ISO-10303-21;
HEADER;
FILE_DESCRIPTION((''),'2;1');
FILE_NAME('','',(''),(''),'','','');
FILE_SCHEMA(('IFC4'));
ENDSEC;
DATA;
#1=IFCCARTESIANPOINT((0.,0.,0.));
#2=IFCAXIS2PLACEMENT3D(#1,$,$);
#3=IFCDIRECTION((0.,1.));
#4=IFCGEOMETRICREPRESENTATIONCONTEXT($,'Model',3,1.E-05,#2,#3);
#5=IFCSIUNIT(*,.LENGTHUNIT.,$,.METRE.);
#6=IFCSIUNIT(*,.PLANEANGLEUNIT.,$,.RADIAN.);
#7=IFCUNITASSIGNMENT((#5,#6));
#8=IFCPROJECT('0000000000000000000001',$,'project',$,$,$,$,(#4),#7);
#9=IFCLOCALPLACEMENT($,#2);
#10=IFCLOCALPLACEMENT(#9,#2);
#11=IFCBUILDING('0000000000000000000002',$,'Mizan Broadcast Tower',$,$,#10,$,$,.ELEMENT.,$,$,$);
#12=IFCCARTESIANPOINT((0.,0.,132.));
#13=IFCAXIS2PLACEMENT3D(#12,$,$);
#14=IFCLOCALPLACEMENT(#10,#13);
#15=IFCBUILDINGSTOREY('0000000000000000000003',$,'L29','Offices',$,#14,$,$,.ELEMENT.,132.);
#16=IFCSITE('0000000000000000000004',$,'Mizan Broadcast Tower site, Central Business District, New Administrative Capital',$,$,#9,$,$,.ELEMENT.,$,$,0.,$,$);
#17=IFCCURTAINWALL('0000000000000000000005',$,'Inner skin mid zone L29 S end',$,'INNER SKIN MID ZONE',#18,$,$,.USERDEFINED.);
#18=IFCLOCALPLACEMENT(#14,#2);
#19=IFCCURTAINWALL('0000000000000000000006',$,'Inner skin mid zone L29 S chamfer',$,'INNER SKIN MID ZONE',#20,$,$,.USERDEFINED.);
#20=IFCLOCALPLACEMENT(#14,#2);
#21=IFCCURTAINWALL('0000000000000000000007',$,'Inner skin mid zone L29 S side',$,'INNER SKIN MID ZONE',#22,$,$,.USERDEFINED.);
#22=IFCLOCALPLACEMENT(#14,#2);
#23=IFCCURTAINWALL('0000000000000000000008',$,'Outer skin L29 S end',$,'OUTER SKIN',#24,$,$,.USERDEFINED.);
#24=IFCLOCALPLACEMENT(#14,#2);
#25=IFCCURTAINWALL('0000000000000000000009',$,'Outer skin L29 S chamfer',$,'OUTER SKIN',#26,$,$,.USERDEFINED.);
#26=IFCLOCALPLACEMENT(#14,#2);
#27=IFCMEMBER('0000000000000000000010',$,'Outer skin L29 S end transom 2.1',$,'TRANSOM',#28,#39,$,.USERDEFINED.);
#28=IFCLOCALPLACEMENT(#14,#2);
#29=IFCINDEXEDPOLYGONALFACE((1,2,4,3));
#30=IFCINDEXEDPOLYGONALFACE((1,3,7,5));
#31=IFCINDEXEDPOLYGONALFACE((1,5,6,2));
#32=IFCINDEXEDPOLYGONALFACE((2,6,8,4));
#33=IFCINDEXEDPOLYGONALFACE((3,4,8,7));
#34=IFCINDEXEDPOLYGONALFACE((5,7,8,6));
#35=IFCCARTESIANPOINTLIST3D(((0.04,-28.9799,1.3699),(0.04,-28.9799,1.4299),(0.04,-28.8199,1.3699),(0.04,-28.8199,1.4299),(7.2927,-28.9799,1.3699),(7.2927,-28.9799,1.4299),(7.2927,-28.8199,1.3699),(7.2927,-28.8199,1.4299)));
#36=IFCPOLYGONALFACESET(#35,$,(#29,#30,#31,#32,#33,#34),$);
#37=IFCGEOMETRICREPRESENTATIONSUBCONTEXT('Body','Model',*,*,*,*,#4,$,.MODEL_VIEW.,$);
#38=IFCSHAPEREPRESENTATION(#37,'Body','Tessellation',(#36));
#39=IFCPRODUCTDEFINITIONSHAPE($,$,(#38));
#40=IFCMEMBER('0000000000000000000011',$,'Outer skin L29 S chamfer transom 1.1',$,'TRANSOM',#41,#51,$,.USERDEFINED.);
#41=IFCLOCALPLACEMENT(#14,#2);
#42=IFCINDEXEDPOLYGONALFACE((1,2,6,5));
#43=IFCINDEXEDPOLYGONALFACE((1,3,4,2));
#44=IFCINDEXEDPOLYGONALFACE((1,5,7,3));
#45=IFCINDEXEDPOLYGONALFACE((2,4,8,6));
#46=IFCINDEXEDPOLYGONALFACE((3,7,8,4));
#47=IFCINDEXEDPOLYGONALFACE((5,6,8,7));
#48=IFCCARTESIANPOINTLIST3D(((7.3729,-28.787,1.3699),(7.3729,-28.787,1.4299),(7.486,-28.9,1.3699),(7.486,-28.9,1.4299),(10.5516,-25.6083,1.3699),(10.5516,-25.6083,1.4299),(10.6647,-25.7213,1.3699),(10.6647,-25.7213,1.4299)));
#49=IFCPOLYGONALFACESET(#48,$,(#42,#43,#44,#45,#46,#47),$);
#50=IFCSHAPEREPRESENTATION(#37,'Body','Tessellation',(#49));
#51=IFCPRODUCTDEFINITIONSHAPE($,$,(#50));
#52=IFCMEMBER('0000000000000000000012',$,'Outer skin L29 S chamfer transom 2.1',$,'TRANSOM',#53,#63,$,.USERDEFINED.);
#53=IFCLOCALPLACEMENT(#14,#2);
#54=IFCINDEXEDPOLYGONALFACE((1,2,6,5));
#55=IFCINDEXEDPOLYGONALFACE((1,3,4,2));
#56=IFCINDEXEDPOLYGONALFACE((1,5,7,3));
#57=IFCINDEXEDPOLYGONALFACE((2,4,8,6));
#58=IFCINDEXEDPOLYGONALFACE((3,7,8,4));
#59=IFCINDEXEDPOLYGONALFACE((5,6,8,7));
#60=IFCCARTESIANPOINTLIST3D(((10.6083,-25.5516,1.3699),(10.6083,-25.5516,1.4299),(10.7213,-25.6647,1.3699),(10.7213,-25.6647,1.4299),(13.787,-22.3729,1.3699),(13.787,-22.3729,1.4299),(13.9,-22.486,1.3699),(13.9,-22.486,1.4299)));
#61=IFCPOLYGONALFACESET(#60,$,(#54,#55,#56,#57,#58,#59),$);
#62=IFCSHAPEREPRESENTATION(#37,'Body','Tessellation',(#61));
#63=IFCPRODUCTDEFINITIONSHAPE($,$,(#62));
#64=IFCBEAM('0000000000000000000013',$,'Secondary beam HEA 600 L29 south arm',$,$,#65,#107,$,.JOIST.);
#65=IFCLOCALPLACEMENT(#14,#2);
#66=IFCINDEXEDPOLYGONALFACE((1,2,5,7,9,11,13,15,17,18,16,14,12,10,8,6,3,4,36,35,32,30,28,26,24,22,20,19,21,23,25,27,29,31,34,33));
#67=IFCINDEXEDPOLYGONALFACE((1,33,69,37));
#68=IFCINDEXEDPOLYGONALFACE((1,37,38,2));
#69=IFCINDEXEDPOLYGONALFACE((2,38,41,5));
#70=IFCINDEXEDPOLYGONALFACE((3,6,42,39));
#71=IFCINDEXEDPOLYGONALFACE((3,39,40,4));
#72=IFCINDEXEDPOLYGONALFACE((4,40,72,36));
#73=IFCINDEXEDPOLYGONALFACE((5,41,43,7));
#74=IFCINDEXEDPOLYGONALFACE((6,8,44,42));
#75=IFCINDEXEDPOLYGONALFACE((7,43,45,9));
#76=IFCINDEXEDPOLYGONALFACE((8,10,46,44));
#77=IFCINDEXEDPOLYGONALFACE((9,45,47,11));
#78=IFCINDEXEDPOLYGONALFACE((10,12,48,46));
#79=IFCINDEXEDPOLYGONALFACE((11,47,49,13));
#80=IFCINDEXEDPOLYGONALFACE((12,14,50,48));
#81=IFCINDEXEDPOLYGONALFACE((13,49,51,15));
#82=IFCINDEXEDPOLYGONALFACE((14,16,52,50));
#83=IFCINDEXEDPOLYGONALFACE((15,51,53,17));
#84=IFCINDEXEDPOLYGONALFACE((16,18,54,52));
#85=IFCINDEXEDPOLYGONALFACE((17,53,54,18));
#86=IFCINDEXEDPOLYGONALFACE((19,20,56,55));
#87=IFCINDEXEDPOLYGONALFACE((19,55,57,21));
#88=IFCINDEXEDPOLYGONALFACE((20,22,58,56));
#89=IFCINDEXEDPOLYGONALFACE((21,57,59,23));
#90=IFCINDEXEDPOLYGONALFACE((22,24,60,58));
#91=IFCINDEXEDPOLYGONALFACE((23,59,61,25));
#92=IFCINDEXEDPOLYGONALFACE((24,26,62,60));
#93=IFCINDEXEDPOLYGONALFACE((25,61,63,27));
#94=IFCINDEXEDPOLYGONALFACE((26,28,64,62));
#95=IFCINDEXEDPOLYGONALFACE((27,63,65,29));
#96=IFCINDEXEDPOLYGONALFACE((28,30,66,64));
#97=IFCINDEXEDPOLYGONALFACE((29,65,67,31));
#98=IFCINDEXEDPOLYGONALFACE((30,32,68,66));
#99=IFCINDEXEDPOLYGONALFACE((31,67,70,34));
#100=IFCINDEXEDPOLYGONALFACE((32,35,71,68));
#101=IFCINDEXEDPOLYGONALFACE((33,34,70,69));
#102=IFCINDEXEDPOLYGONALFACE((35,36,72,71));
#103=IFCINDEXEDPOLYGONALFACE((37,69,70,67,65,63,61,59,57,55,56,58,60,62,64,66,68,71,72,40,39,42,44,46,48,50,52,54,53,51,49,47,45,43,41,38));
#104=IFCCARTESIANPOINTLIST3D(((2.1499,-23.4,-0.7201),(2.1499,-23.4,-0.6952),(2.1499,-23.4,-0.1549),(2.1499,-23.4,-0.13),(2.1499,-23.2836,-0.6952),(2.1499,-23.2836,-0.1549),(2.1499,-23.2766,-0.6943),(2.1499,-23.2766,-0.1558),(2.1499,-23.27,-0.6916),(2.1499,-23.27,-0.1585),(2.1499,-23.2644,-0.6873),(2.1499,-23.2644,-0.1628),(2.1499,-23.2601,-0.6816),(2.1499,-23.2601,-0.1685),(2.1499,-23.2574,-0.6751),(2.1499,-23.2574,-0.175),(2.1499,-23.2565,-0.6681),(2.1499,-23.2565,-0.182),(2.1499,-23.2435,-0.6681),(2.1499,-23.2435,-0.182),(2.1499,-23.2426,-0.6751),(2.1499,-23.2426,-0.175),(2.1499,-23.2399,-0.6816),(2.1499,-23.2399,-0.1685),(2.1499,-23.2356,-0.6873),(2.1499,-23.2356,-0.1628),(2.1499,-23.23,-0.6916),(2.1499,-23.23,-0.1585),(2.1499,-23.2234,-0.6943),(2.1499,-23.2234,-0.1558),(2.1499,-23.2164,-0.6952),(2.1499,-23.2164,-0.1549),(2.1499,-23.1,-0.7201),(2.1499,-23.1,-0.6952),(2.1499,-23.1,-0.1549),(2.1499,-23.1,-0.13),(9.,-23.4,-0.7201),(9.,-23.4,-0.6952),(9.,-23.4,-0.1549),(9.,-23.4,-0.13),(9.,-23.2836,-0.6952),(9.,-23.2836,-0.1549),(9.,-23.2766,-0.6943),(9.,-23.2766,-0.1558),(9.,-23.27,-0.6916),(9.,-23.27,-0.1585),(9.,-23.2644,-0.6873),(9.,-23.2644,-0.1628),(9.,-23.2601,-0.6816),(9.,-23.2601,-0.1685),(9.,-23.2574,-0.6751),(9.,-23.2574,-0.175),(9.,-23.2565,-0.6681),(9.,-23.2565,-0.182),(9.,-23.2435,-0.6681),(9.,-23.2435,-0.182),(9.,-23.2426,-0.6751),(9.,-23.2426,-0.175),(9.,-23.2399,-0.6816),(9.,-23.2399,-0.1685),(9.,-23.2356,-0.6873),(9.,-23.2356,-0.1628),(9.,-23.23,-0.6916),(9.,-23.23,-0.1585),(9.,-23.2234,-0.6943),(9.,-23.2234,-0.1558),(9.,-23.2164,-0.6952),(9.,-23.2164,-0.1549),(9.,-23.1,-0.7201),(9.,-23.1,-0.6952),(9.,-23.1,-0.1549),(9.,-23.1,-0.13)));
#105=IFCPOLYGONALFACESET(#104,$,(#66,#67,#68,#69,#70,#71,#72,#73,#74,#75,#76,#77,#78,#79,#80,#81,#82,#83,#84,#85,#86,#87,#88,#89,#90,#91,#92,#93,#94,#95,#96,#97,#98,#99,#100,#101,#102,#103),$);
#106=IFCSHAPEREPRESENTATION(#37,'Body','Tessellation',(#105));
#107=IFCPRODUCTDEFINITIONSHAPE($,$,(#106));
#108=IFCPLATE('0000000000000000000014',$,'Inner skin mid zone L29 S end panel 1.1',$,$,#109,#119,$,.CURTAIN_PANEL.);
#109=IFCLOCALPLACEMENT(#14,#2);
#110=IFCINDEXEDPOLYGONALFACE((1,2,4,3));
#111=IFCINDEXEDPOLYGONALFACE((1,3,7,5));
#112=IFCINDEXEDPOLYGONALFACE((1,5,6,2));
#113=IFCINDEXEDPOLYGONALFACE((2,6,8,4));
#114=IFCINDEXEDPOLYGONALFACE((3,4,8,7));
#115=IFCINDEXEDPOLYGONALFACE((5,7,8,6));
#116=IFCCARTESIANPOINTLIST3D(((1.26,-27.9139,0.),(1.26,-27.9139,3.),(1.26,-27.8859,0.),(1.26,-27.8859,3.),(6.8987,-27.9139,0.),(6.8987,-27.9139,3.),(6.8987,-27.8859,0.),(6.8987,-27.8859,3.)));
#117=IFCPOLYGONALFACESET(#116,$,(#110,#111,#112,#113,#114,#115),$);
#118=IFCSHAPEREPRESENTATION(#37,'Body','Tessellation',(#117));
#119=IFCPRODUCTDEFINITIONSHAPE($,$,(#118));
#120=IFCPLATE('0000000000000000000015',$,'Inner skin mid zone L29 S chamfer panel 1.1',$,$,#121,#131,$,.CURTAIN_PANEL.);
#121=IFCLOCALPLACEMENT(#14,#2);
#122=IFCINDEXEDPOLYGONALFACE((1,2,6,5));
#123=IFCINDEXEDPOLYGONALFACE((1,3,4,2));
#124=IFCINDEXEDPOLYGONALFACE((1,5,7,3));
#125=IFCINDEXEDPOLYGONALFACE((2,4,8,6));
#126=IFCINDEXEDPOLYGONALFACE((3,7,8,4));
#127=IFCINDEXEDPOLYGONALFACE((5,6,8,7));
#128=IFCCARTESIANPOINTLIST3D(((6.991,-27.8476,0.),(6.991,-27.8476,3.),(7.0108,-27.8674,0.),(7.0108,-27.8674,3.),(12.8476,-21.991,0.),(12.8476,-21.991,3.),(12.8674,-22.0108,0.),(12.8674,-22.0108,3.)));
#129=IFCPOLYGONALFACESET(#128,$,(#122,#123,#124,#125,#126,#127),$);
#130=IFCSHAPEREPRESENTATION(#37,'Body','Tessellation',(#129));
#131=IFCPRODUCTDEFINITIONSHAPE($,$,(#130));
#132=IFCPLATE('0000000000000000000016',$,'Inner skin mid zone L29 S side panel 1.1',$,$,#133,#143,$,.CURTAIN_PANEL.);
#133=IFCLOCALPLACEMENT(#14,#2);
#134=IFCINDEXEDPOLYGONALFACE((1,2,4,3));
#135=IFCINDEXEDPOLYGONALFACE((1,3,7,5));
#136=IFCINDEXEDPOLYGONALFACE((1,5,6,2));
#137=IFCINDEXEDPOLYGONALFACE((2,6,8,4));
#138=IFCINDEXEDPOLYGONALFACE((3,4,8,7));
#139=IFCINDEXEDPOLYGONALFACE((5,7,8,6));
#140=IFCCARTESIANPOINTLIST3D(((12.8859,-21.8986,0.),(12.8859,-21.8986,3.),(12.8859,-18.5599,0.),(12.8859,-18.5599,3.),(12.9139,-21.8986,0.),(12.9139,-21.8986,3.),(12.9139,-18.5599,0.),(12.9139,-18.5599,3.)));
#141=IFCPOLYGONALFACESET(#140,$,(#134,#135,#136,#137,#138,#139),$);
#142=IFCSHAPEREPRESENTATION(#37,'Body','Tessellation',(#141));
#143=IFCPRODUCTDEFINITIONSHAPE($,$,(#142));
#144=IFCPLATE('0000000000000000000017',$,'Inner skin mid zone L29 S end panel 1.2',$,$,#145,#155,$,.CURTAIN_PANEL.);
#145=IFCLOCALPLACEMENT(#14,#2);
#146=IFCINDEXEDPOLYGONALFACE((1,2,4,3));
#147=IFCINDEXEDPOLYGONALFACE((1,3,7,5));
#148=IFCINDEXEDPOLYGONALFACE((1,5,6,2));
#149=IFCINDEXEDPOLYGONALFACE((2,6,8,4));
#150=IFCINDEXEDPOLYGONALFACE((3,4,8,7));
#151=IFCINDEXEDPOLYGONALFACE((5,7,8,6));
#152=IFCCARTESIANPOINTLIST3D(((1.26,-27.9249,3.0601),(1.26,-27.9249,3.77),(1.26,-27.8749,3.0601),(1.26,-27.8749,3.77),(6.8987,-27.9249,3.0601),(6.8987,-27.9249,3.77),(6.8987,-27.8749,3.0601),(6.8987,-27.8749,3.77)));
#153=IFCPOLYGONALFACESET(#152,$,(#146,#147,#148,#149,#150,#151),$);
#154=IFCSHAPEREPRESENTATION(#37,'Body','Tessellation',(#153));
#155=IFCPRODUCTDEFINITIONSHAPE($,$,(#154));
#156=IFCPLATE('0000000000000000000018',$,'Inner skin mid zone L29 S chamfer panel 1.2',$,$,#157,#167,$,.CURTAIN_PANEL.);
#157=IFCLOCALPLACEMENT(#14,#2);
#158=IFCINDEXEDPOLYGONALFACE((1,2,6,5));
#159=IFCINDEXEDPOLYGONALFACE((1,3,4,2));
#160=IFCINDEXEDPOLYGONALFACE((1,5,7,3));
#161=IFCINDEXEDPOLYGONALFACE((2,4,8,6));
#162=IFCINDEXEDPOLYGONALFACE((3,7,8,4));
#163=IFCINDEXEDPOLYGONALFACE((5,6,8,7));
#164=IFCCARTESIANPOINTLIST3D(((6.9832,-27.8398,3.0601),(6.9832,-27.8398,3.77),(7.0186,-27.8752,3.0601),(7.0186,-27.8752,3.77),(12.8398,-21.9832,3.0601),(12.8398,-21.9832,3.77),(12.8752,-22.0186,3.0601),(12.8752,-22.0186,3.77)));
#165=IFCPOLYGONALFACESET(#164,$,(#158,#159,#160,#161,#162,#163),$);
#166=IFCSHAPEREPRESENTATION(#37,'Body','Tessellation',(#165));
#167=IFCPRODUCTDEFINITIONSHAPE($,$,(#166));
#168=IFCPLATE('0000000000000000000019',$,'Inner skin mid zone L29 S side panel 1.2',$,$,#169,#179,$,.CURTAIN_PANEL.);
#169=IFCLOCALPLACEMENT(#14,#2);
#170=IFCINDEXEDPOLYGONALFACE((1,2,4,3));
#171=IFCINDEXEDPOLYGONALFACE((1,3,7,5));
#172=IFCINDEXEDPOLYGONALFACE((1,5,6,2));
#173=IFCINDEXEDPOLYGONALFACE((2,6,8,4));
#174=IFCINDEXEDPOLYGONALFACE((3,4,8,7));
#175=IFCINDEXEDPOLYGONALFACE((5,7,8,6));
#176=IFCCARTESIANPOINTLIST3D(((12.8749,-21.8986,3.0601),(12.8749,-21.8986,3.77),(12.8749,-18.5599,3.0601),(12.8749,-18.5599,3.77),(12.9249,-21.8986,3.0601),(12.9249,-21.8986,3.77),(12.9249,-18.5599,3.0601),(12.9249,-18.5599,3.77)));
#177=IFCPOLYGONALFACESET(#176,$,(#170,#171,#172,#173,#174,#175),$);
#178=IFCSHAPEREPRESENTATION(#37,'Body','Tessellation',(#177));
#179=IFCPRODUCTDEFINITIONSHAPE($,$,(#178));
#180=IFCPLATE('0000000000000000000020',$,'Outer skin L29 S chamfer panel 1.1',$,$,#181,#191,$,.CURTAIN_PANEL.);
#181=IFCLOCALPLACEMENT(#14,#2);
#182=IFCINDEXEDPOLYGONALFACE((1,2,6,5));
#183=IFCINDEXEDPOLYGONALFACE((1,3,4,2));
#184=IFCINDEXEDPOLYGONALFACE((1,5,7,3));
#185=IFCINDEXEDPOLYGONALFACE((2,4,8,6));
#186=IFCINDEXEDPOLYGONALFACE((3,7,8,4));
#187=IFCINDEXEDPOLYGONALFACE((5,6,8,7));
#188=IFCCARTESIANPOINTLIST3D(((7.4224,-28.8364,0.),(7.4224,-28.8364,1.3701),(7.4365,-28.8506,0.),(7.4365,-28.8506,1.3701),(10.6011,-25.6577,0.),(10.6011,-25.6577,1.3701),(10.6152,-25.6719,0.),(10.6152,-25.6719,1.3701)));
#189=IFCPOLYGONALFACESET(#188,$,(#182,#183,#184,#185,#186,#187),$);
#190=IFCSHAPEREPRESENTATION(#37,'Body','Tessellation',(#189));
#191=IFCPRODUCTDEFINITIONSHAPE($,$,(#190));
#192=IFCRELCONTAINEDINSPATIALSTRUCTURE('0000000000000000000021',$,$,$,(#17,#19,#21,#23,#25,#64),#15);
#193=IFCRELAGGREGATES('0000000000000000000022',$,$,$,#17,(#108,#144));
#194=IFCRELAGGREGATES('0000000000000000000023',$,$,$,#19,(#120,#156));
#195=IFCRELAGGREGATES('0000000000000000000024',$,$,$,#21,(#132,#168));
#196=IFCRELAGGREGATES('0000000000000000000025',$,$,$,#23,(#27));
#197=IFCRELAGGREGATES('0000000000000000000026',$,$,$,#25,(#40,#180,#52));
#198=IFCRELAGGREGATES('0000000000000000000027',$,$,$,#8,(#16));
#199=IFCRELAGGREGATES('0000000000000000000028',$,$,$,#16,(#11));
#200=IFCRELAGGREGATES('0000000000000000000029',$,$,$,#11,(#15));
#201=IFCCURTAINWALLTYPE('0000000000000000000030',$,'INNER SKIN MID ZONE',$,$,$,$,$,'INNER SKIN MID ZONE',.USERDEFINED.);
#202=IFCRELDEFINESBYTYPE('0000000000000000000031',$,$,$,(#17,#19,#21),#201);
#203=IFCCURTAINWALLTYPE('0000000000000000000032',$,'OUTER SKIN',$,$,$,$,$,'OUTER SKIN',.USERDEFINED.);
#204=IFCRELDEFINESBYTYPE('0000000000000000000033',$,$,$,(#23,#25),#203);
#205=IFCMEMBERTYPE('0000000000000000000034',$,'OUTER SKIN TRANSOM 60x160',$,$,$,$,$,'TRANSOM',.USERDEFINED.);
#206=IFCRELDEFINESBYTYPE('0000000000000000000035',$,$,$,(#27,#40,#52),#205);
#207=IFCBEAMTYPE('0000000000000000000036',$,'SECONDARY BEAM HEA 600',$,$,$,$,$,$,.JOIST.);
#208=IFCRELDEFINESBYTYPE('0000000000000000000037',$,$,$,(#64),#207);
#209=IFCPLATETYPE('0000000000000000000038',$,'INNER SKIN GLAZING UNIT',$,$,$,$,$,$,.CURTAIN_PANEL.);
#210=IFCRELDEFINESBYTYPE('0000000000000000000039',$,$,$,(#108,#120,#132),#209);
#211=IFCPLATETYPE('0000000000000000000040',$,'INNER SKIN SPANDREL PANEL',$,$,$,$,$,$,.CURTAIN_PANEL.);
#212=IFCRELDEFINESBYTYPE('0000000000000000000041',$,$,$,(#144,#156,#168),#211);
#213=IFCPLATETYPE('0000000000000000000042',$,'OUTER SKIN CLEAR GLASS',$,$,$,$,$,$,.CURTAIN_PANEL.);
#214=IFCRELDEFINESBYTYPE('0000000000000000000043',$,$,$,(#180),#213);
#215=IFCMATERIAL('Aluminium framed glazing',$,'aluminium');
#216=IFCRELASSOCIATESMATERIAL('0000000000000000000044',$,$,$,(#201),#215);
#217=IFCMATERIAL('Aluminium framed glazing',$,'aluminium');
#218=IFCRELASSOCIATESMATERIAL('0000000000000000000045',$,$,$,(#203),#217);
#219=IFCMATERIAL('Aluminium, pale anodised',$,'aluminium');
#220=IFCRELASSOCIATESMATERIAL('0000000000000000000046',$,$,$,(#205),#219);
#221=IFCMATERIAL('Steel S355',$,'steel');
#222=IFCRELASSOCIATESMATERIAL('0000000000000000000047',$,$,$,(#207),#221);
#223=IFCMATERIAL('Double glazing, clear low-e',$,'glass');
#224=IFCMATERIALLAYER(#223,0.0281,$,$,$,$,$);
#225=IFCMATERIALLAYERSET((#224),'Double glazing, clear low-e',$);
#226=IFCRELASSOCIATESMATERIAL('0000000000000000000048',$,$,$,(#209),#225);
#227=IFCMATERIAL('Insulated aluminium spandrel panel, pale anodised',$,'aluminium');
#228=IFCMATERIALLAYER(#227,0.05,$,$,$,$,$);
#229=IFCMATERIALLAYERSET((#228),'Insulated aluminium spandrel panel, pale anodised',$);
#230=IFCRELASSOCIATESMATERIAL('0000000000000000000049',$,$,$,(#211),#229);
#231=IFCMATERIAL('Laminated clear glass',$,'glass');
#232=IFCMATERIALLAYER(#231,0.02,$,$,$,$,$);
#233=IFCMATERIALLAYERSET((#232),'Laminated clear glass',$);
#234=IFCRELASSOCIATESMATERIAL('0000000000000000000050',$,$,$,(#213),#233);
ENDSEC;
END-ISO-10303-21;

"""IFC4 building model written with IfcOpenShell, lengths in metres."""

from ifc_helpers import new_model, si_unit, direction, frame, origin, origin_2d, place, context, subcontext, project, spatial, rectangle, i_section, extrude, material, layer, layer_set, material_profile, profile_set, type_object, element, aggregate, save


model = new_model("IFC4")

# Units and contexts
model_context = context("Model", 3, precision=1e-05, world=origin(), true_north=direction((0.0, 1.0)))
body_context = subcontext(model_context, "Body", "Model", "MODEL_VIEW")
ifc_project = project(units=[si_unit("LENGTHUNIT", "METRE"), si_unit("PLANEANGLEUNIT", "RADIAN")], contexts=[model_context])

# Site, building, storey
site_placement = place(None, origin())
site = spatial("IfcSite", under=ifc_project, at=site_placement, Name="Mizan Broadcast Tower site, Central Business District, New Administrative Capital", CompositionType="ELEMENT", RefElevation=0.0)
building_placement = place(site_placement, origin())
building = spatial("IfcBuilding", under=site, at=building_placement, Name="Mizan Broadcast Tower", CompositionType="ELEMENT")
storey_placement = place(building_placement, frame((0.0, 0.0, 132.0)))
storey = spatial("IfcBuildingStorey", under=building, at=storey_placement, Name="L29", Description="Offices", CompositionType="ELEMENT", Elevation=132.0)

# Curtain wall
ifc_material_1 = material(Name="Aluminium framed glazing", Category="aluminium")
curtain_wall_type_1 = type_object("IfcCurtainWallType", Name="INNER SKIN MID ZONE", ElementType="INNER SKIN MID ZONE", PredefinedType="USERDEFINED", material=ifc_material_1)
curtain_wall_1_placement = place(storey_placement, origin())
curtain_wall_1 = element("IfcCurtainWall", 1, at=curtain_wall_1_placement, inside=storey, type_object=curtain_wall_type_1, Name="Inner skin mid zone L29 S end", ObjectType="INNER SKIN MID ZONE", PredefinedType="USERDEFINED")

# Curtain wall
curtain_wall_2_placement = place(storey_placement, origin())
curtain_wall_2 = element("IfcCurtainWall", 2, at=curtain_wall_2_placement, inside=storey, type_object=curtain_wall_type_1, Name="Inner skin mid zone L29 S chamfer", ObjectType="INNER SKIN MID ZONE", PredefinedType="USERDEFINED")

# Curtain wall
curtain_wall_3_placement = place(storey_placement, origin())
curtain_wall_3 = element("IfcCurtainWall", 3, at=curtain_wall_3_placement, inside=storey, type_object=curtain_wall_type_1, Name="Inner skin mid zone L29 S side", ObjectType="INNER SKIN MID ZONE", PredefinedType="USERDEFINED")

# Curtain wall
ifc_material_2 = material(Name="Aluminium framed glazing", Category="aluminium")
curtain_wall_type_2 = type_object("IfcCurtainWallType", Name="OUTER SKIN", ElementType="OUTER SKIN", PredefinedType="USERDEFINED", material=ifc_material_2)
curtain_wall_4_placement = place(storey_placement, origin())
curtain_wall_4 = element("IfcCurtainWall", 4, at=curtain_wall_4_placement, inside=storey, type_object=curtain_wall_type_2, Name="Outer skin L29 S end", ObjectType="OUTER SKIN", PredefinedType="USERDEFINED")

# Curtain wall
curtain_wall_5_placement = place(storey_placement, origin())
curtain_wall_5 = element("IfcCurtainWall", 5, at=curtain_wall_5_placement, inside=storey, type_object=curtain_wall_type_2, Name="Outer skin L29 S chamfer", ObjectType="OUTER SKIN", PredefinedType="USERDEFINED")

# Members
ifc_material_3 = material(Name="Aluminium, pale anodised", Category="aluminium")
ifc_material_profile_1 = material_profile(ifc_material_3, rectangle(XDim=0.1599, YDim=0.0601, at=origin_2d()), Name="TRANSOM 160x60")
ifc_profile_set_1 = profile_set([ifc_material_profile_1], Name="Aluminium, pale anodised")
member_type_1 = type_object("IfcMemberType", Name="OUTER SKIN TRANSOM 60x160", ElementType="TRANSOM", PredefinedType="USERDEFINED", material=ifc_profile_set_1)
member_1_placement = place(storey_placement, frame((0.04, -28.8999, 1.3999), z_axis=(1.0, 0.0, 0.0), x_axis=(0.0, 1.0, 0.0)))
member_1 = element("IfcMember", 6, at=member_1_placement, type_object=member_type_1, Name="Outer skin L29 S end transom 2.1", ObjectType="TRANSOM", PredefinedType="USERDEFINED", context=body_context, shape_type="SweptSolid", body=[
    extrude(rectangle(XDim=0.1599, YDim=0.0601, at=origin_2d()), origin(), (0.0, 0.0, 1.0), 7.2527),
])
member_2_placement = place(storey_placement, frame((7.4294, -28.8435, 1.3999), z_axis=(0.707107, 0.707107, 0.0), x_axis=(-0.707107, 0.707107, 0.0)))
member_2 = element("IfcMember", 7, at=member_2_placement, type_object=member_type_1, Name="Outer skin L29 S chamfer transom 1.1", ObjectType="TRANSOM", PredefinedType="USERDEFINED", context=body_context, shape_type="SweptSolid", body=[
    extrude(rectangle(XDim=0.1599, YDim=0.0601, at=origin_2d()), origin(), (0.0, 0.0, 1.0), 4.4954),
])
member_3_placement = place(storey_placement, frame((10.6648, -25.6082, 1.3999), z_axis=(0.707107, 0.707107, 0.0), x_axis=(-0.707107, 0.707107, 0.0)))
member_3 = element("IfcMember", 8, at=member_3_placement, type_object=member_type_1, Name="Outer skin L29 S chamfer transom 2.1", ObjectType="TRANSOM", PredefinedType="USERDEFINED", context=body_context, shape_type="SweptSolid", body=[
    extrude(rectangle(XDim=0.1599, YDim=0.0601, at=origin_2d()), origin(), (0.0, 0.0, 1.0), 4.4954),
])

# Beam
ifc_material_4 = material(Name="Steel S355", Category="steel")
ifc_material_profile_2 = material_profile(ifc_material_4, i_section(OverallWidth=0.3, OverallDepth=0.5901, WebThickness=0.0129, FlangeThickness=0.0249, FilletRadius=0.0271, at=origin_2d()), Name="HEA 600")
ifc_profile_set_2 = profile_set([ifc_material_profile_2], Name="Steel S355")
beam_type_1 = type_object("IfcBeamType", Name="SECONDARY BEAM HEA 600", PredefinedType="JOIST", material=ifc_profile_set_2)
beam_1_placement = place(storey_placement, frame((9.0, -23.25, -0.425), z_axis=(-1.0, 0.0, 0.0), x_axis=(0.0, -1.0, 0.0)))
element("IfcBeam", 9, at=beam_1_placement, inside=storey, type_object=beam_type_1, Name="Secondary beam HEA 600 L29 south arm", PredefinedType="JOIST", context=body_context, shape_type="SweptSolid", body=[
    extrude(i_section(OverallWidth=0.3, OverallDepth=0.5901, WebThickness=0.0129, FlangeThickness=0.0249, FilletRadius=0.0271, at=origin_2d()), origin(), (0.0, 0.0, 1.0), 6.8501),
])

# Plates
ifc_material_5 = material(Name="Double glazing, clear low-e", Category="glass")
ifc_layer_1 = layer(ifc_material_5, 0.0281)
ifc_layer_set_1 = layer_set([ifc_layer_1], Name="Double glazing, clear low-e")
plate_type_1 = type_object("IfcPlateType", Name="INNER SKIN GLAZING UNIT", PredefinedType="CURTAIN_PANEL", material=ifc_layer_set_1)
plate_1_placement = place(storey_placement, frame((4.0793, -27.8999, 0.0), z_axis=(0.0, 0.0, 1.0), x_axis=(1.0, 0.0, 0.0)))
plate_1 = element("IfcPlate", 10, at=plate_1_placement, type_object=plate_type_1, Name="Inner skin mid zone L29 S end panel 1.1", PredefinedType="CURTAIN_PANEL", context=body_context, shape_type="SweptSolid", body=[
    extrude(rectangle(XDim=5.6387, YDim=0.0281, at=origin_2d()), origin(), (0.0, 0.0, 1.0), 3.0),
])
plate_2_placement = place(storey_placement, frame((9.9292, -24.9292, 0.0), z_axis=(0.0, 0.0, 1.0), x_axis=(0.707107, 0.707107, 0.0)))
plate_2 = element("IfcPlate", 11, at=plate_2_placement, type_object=plate_type_1, Name="Inner skin mid zone L29 S chamfer panel 1.1", PredefinedType="CURTAIN_PANEL", context=body_context, shape_type="SweptSolid", body=[
    extrude(rectangle(XDim=8.2825, YDim=0.0281, at=origin_2d()), origin(), (0.0, 0.0, 1.0), 3.0),
])
plate_3_placement = place(storey_placement, frame((12.8999, -20.2292, 0.0), z_axis=(0.0, 0.0, 1.0), x_axis=(0.0, 1.0, 0.0)))
plate_3 = element("IfcPlate", 12, at=plate_3_placement, type_object=plate_type_1, Name="Inner skin mid zone L29 S side panel 1.1", PredefinedType="CURTAIN_PANEL", context=body_context, shape_type="SweptSolid", body=[
    extrude(rectangle(XDim=3.3386, YDim=0.0281, at=origin_2d()), origin(), (0.0, 0.0, 1.0), 3.0),
])
ifc_material_6 = material(Name="Insulated aluminium spandrel panel, pale anodised", Category="aluminium")
ifc_layer_2 = layer(ifc_material_6, 0.05)
ifc_layer_set_2 = layer_set([ifc_layer_2], Name="Insulated aluminium spandrel panel, pale anodised")
plate_type_2 = type_object("IfcPlateType", Name="INNER SKIN SPANDREL PANEL", PredefinedType="CURTAIN_PANEL", material=ifc_layer_set_2)
plate_4_placement = place(storey_placement, frame((4.0793, -27.8999, 3.0601), z_axis=(0.0, 0.0, 1.0), x_axis=(1.0, 0.0, 0.0)))
plate_4 = element("IfcPlate", 13, at=plate_4_placement, type_object=plate_type_2, Name="Inner skin mid zone L29 S end panel 1.2", PredefinedType="CURTAIN_PANEL", context=body_context, shape_type="SweptSolid", body=[
    extrude(rectangle(XDim=5.6387, YDim=0.05, at=origin_2d()), origin(), (0.0, 0.0, 1.0), 0.71),
])
aggregate(curtain_wall_1, [plate_1, plate_4])
plate_5_placement = place(storey_placement, frame((9.9292, -24.9292, 3.0601), z_axis=(0.0, 0.0, 1.0), x_axis=(0.707107, 0.707107, 0.0)))
plate_5 = element("IfcPlate", 14, at=plate_5_placement, type_object=plate_type_2, Name="Inner skin mid zone L29 S chamfer panel 1.2", PredefinedType="CURTAIN_PANEL", context=body_context, shape_type="SweptSolid", body=[
    extrude(rectangle(XDim=8.2825, YDim=0.05, at=origin_2d()), origin(), (0.0, 0.0, 1.0), 0.71),
])
aggregate(curtain_wall_2, [plate_2, plate_5])
plate_6_placement = place(storey_placement, frame((12.8999, -20.2292, 3.0601), z_axis=(0.0, 0.0, 1.0), x_axis=(0.0, 1.0, 0.0)))
plate_6 = element("IfcPlate", 15, at=plate_6_placement, type_object=plate_type_2, Name="Inner skin mid zone L29 S side panel 1.2", PredefinedType="CURTAIN_PANEL", context=body_context, shape_type="SweptSolid", body=[
    extrude(rectangle(XDim=3.3386, YDim=0.05, at=origin_2d()), origin(), (0.0, 0.0, 1.0), 0.71),
])
aggregate(curtain_wall_3, [plate_3, plate_6])
ifc_material_7 = material(Name="Laminated clear glass", Category="glass")
ifc_layer_3 = layer(ifc_material_7, 0.02)
ifc_layer_set_3 = layer_set([ifc_layer_3], Name="Laminated clear glass")
plate_type_3 = type_object("IfcPlateType", Name="OUTER SKIN CLEAR GLASS", PredefinedType="CURTAIN_PANEL", material=ifc_layer_set_3)
plate_7_placement = place(storey_placement, frame((9.0188, -27.2542, 0.0), z_axis=(0.0, 0.0, 1.0), x_axis=(0.707107, 0.707107, 0.0)))
plate_7 = element("IfcPlate", 16, at=plate_7_placement, type_object=plate_type_3, Name="Outer skin L29 S chamfer panel 1.1", PredefinedType="CURTAIN_PANEL", context=body_context, shape_type="SweptSolid", body=[
    extrude(rectangle(XDim=4.4954, YDim=0.02, at=origin_2d()), origin(), (0.0, 0.0, 1.0), 1.3701),
])
aggregate(curtain_wall_4, [member_1])
aggregate(curtain_wall_5, [member_2, plate_7, member_3])

save(model, "model.ifc")
